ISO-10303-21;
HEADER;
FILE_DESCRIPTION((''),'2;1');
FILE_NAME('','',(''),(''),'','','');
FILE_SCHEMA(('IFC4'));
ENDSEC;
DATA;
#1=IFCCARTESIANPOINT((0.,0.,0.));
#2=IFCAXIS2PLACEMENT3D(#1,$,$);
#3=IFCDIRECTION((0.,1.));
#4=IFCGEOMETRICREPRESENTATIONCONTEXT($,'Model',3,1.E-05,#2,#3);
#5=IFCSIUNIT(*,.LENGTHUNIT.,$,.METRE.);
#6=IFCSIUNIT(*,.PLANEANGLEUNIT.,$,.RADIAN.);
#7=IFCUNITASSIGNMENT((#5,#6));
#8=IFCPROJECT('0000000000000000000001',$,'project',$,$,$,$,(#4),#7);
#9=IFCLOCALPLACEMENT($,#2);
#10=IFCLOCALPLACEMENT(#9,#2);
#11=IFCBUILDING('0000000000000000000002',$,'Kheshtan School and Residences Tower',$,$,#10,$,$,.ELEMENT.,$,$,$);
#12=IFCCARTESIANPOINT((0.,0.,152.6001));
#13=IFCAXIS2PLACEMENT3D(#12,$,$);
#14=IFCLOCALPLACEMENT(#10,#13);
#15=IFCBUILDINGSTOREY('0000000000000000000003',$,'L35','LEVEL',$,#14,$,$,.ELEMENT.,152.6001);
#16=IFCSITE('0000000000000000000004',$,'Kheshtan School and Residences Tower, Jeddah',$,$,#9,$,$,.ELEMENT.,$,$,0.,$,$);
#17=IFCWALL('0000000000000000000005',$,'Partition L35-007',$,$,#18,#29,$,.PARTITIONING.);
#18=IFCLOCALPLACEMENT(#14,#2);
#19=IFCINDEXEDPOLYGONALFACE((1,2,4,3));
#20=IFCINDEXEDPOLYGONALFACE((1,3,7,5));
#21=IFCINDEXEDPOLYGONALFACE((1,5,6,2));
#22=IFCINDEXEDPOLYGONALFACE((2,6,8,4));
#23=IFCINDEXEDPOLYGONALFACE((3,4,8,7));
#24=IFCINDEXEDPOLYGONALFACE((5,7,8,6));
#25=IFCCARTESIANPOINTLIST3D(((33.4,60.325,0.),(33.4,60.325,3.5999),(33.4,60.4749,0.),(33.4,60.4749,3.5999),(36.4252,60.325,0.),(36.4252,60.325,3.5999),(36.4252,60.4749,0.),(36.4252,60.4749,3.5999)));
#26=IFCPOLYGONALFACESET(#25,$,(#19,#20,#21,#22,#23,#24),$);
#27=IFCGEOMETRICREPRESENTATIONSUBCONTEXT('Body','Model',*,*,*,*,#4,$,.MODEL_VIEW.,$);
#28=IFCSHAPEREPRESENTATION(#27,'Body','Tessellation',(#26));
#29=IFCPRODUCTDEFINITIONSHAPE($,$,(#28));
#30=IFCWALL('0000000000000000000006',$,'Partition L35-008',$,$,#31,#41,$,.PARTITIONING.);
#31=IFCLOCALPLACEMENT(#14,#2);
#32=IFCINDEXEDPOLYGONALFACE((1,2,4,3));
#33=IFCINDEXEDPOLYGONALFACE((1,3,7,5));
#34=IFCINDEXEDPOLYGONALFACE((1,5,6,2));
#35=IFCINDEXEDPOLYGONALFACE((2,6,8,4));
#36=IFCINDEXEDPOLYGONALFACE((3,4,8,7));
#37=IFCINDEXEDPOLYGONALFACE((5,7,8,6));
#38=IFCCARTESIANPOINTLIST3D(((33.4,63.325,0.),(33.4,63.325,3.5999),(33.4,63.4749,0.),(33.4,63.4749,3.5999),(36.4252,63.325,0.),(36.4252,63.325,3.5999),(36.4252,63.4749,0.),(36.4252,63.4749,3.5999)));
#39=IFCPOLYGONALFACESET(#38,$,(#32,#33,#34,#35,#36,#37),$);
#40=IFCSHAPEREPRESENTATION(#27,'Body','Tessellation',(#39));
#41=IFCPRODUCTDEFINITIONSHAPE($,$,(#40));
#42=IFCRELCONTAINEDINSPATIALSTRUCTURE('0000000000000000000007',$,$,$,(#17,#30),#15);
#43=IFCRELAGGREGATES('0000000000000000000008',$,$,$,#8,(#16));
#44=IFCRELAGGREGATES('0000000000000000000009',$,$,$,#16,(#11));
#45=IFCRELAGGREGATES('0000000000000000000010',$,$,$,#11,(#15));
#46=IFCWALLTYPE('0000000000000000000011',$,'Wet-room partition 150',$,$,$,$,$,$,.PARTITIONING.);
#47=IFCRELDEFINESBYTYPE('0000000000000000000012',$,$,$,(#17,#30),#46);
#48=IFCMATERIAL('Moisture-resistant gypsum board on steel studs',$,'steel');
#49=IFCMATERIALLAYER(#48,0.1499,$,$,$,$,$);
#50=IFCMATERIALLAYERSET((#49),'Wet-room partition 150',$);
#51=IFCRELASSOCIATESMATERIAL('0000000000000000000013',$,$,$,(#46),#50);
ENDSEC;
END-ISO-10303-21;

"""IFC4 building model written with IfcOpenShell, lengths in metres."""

from ifc_helpers import new_model, si_unit, direction, frame, frame_2d, origin, place, context, subcontext, project, spatial, rectangle, extrude, material, layer, layer_set, type_object, element, save


model = new_model("IFC4")

# Units and contexts
model_context = context("Model", 3, precision=1e-05, world=origin(), true_north=direction((0.0, 1.0)))
body_context = subcontext(model_context, "Body", "Model", "MODEL_VIEW")
ifc_project = project(units=[si_unit("LENGTHUNIT", "METRE"), si_unit("PLANEANGLEUNIT", "RADIAN")], contexts=[model_context])

# Site, building, storey
site_placement = place(None, origin())
site = spatial("IfcSite", under=ifc_project, at=site_placement, Name="Kheshtan School and Residences Tower, Jeddah", CompositionType="ELEMENT", RefElevation=0.0)
building_placement = place(site_placement, origin())
building = spatial("IfcBuilding", under=site, at=building_placement, Name="Kheshtan School and Residences Tower", CompositionType="ELEMENT")
storey_placement = place(building_placement, frame((0.0, 0.0, 152.6001)))
storey = spatial("IfcBuildingStorey", under=building, at=storey_placement, Name="L35", Description="LEVEL", CompositionType="ELEMENT", Elevation=152.6001)

# Walls
ifc_material_1 = material(Name="Moisture-resistant gypsum board on steel studs", Category="steel")
ifc_layer_1 = layer(ifc_material_1, 0.1499)
ifc_layer_set_1 = layer_set([ifc_layer_1], Name="Wet-room partition 150")
wall_type_1 = type_object("IfcWallType", Name="Wet-room partition 150", PredefinedType="PARTITIONING", material=ifc_layer_set_1)
for number, where, z_axis, x_axis, name in (
    (1, (33.3999, 60.3999, 0.0), (0.0, 0.0, 1.0), (1.0, 0.0, 0.0), "Partition L35-007"),
    (2, (33.3999, 63.3999, 0.0), (0.0, 0.0, 1.0), (1.0, 0.0, 0.0), "Partition L35-008"),
):
    element("IfcWall", number, at=place(storey_placement, frame(where, z_axis=z_axis, x_axis=x_axis)), inside=storey, type_object=wall_type_1, Name=name, PredefinedType="PARTITIONING", context=body_context, shape_type="SweptSolid", body=[
        extrude(rectangle(XDim=3.0251, YDim=0.1499, at=frame_2d((1.5127, 0.0))), origin(), (0.0, 0.0, 1.0), 3.5999),
    ])

save(model, "model.ifc")
